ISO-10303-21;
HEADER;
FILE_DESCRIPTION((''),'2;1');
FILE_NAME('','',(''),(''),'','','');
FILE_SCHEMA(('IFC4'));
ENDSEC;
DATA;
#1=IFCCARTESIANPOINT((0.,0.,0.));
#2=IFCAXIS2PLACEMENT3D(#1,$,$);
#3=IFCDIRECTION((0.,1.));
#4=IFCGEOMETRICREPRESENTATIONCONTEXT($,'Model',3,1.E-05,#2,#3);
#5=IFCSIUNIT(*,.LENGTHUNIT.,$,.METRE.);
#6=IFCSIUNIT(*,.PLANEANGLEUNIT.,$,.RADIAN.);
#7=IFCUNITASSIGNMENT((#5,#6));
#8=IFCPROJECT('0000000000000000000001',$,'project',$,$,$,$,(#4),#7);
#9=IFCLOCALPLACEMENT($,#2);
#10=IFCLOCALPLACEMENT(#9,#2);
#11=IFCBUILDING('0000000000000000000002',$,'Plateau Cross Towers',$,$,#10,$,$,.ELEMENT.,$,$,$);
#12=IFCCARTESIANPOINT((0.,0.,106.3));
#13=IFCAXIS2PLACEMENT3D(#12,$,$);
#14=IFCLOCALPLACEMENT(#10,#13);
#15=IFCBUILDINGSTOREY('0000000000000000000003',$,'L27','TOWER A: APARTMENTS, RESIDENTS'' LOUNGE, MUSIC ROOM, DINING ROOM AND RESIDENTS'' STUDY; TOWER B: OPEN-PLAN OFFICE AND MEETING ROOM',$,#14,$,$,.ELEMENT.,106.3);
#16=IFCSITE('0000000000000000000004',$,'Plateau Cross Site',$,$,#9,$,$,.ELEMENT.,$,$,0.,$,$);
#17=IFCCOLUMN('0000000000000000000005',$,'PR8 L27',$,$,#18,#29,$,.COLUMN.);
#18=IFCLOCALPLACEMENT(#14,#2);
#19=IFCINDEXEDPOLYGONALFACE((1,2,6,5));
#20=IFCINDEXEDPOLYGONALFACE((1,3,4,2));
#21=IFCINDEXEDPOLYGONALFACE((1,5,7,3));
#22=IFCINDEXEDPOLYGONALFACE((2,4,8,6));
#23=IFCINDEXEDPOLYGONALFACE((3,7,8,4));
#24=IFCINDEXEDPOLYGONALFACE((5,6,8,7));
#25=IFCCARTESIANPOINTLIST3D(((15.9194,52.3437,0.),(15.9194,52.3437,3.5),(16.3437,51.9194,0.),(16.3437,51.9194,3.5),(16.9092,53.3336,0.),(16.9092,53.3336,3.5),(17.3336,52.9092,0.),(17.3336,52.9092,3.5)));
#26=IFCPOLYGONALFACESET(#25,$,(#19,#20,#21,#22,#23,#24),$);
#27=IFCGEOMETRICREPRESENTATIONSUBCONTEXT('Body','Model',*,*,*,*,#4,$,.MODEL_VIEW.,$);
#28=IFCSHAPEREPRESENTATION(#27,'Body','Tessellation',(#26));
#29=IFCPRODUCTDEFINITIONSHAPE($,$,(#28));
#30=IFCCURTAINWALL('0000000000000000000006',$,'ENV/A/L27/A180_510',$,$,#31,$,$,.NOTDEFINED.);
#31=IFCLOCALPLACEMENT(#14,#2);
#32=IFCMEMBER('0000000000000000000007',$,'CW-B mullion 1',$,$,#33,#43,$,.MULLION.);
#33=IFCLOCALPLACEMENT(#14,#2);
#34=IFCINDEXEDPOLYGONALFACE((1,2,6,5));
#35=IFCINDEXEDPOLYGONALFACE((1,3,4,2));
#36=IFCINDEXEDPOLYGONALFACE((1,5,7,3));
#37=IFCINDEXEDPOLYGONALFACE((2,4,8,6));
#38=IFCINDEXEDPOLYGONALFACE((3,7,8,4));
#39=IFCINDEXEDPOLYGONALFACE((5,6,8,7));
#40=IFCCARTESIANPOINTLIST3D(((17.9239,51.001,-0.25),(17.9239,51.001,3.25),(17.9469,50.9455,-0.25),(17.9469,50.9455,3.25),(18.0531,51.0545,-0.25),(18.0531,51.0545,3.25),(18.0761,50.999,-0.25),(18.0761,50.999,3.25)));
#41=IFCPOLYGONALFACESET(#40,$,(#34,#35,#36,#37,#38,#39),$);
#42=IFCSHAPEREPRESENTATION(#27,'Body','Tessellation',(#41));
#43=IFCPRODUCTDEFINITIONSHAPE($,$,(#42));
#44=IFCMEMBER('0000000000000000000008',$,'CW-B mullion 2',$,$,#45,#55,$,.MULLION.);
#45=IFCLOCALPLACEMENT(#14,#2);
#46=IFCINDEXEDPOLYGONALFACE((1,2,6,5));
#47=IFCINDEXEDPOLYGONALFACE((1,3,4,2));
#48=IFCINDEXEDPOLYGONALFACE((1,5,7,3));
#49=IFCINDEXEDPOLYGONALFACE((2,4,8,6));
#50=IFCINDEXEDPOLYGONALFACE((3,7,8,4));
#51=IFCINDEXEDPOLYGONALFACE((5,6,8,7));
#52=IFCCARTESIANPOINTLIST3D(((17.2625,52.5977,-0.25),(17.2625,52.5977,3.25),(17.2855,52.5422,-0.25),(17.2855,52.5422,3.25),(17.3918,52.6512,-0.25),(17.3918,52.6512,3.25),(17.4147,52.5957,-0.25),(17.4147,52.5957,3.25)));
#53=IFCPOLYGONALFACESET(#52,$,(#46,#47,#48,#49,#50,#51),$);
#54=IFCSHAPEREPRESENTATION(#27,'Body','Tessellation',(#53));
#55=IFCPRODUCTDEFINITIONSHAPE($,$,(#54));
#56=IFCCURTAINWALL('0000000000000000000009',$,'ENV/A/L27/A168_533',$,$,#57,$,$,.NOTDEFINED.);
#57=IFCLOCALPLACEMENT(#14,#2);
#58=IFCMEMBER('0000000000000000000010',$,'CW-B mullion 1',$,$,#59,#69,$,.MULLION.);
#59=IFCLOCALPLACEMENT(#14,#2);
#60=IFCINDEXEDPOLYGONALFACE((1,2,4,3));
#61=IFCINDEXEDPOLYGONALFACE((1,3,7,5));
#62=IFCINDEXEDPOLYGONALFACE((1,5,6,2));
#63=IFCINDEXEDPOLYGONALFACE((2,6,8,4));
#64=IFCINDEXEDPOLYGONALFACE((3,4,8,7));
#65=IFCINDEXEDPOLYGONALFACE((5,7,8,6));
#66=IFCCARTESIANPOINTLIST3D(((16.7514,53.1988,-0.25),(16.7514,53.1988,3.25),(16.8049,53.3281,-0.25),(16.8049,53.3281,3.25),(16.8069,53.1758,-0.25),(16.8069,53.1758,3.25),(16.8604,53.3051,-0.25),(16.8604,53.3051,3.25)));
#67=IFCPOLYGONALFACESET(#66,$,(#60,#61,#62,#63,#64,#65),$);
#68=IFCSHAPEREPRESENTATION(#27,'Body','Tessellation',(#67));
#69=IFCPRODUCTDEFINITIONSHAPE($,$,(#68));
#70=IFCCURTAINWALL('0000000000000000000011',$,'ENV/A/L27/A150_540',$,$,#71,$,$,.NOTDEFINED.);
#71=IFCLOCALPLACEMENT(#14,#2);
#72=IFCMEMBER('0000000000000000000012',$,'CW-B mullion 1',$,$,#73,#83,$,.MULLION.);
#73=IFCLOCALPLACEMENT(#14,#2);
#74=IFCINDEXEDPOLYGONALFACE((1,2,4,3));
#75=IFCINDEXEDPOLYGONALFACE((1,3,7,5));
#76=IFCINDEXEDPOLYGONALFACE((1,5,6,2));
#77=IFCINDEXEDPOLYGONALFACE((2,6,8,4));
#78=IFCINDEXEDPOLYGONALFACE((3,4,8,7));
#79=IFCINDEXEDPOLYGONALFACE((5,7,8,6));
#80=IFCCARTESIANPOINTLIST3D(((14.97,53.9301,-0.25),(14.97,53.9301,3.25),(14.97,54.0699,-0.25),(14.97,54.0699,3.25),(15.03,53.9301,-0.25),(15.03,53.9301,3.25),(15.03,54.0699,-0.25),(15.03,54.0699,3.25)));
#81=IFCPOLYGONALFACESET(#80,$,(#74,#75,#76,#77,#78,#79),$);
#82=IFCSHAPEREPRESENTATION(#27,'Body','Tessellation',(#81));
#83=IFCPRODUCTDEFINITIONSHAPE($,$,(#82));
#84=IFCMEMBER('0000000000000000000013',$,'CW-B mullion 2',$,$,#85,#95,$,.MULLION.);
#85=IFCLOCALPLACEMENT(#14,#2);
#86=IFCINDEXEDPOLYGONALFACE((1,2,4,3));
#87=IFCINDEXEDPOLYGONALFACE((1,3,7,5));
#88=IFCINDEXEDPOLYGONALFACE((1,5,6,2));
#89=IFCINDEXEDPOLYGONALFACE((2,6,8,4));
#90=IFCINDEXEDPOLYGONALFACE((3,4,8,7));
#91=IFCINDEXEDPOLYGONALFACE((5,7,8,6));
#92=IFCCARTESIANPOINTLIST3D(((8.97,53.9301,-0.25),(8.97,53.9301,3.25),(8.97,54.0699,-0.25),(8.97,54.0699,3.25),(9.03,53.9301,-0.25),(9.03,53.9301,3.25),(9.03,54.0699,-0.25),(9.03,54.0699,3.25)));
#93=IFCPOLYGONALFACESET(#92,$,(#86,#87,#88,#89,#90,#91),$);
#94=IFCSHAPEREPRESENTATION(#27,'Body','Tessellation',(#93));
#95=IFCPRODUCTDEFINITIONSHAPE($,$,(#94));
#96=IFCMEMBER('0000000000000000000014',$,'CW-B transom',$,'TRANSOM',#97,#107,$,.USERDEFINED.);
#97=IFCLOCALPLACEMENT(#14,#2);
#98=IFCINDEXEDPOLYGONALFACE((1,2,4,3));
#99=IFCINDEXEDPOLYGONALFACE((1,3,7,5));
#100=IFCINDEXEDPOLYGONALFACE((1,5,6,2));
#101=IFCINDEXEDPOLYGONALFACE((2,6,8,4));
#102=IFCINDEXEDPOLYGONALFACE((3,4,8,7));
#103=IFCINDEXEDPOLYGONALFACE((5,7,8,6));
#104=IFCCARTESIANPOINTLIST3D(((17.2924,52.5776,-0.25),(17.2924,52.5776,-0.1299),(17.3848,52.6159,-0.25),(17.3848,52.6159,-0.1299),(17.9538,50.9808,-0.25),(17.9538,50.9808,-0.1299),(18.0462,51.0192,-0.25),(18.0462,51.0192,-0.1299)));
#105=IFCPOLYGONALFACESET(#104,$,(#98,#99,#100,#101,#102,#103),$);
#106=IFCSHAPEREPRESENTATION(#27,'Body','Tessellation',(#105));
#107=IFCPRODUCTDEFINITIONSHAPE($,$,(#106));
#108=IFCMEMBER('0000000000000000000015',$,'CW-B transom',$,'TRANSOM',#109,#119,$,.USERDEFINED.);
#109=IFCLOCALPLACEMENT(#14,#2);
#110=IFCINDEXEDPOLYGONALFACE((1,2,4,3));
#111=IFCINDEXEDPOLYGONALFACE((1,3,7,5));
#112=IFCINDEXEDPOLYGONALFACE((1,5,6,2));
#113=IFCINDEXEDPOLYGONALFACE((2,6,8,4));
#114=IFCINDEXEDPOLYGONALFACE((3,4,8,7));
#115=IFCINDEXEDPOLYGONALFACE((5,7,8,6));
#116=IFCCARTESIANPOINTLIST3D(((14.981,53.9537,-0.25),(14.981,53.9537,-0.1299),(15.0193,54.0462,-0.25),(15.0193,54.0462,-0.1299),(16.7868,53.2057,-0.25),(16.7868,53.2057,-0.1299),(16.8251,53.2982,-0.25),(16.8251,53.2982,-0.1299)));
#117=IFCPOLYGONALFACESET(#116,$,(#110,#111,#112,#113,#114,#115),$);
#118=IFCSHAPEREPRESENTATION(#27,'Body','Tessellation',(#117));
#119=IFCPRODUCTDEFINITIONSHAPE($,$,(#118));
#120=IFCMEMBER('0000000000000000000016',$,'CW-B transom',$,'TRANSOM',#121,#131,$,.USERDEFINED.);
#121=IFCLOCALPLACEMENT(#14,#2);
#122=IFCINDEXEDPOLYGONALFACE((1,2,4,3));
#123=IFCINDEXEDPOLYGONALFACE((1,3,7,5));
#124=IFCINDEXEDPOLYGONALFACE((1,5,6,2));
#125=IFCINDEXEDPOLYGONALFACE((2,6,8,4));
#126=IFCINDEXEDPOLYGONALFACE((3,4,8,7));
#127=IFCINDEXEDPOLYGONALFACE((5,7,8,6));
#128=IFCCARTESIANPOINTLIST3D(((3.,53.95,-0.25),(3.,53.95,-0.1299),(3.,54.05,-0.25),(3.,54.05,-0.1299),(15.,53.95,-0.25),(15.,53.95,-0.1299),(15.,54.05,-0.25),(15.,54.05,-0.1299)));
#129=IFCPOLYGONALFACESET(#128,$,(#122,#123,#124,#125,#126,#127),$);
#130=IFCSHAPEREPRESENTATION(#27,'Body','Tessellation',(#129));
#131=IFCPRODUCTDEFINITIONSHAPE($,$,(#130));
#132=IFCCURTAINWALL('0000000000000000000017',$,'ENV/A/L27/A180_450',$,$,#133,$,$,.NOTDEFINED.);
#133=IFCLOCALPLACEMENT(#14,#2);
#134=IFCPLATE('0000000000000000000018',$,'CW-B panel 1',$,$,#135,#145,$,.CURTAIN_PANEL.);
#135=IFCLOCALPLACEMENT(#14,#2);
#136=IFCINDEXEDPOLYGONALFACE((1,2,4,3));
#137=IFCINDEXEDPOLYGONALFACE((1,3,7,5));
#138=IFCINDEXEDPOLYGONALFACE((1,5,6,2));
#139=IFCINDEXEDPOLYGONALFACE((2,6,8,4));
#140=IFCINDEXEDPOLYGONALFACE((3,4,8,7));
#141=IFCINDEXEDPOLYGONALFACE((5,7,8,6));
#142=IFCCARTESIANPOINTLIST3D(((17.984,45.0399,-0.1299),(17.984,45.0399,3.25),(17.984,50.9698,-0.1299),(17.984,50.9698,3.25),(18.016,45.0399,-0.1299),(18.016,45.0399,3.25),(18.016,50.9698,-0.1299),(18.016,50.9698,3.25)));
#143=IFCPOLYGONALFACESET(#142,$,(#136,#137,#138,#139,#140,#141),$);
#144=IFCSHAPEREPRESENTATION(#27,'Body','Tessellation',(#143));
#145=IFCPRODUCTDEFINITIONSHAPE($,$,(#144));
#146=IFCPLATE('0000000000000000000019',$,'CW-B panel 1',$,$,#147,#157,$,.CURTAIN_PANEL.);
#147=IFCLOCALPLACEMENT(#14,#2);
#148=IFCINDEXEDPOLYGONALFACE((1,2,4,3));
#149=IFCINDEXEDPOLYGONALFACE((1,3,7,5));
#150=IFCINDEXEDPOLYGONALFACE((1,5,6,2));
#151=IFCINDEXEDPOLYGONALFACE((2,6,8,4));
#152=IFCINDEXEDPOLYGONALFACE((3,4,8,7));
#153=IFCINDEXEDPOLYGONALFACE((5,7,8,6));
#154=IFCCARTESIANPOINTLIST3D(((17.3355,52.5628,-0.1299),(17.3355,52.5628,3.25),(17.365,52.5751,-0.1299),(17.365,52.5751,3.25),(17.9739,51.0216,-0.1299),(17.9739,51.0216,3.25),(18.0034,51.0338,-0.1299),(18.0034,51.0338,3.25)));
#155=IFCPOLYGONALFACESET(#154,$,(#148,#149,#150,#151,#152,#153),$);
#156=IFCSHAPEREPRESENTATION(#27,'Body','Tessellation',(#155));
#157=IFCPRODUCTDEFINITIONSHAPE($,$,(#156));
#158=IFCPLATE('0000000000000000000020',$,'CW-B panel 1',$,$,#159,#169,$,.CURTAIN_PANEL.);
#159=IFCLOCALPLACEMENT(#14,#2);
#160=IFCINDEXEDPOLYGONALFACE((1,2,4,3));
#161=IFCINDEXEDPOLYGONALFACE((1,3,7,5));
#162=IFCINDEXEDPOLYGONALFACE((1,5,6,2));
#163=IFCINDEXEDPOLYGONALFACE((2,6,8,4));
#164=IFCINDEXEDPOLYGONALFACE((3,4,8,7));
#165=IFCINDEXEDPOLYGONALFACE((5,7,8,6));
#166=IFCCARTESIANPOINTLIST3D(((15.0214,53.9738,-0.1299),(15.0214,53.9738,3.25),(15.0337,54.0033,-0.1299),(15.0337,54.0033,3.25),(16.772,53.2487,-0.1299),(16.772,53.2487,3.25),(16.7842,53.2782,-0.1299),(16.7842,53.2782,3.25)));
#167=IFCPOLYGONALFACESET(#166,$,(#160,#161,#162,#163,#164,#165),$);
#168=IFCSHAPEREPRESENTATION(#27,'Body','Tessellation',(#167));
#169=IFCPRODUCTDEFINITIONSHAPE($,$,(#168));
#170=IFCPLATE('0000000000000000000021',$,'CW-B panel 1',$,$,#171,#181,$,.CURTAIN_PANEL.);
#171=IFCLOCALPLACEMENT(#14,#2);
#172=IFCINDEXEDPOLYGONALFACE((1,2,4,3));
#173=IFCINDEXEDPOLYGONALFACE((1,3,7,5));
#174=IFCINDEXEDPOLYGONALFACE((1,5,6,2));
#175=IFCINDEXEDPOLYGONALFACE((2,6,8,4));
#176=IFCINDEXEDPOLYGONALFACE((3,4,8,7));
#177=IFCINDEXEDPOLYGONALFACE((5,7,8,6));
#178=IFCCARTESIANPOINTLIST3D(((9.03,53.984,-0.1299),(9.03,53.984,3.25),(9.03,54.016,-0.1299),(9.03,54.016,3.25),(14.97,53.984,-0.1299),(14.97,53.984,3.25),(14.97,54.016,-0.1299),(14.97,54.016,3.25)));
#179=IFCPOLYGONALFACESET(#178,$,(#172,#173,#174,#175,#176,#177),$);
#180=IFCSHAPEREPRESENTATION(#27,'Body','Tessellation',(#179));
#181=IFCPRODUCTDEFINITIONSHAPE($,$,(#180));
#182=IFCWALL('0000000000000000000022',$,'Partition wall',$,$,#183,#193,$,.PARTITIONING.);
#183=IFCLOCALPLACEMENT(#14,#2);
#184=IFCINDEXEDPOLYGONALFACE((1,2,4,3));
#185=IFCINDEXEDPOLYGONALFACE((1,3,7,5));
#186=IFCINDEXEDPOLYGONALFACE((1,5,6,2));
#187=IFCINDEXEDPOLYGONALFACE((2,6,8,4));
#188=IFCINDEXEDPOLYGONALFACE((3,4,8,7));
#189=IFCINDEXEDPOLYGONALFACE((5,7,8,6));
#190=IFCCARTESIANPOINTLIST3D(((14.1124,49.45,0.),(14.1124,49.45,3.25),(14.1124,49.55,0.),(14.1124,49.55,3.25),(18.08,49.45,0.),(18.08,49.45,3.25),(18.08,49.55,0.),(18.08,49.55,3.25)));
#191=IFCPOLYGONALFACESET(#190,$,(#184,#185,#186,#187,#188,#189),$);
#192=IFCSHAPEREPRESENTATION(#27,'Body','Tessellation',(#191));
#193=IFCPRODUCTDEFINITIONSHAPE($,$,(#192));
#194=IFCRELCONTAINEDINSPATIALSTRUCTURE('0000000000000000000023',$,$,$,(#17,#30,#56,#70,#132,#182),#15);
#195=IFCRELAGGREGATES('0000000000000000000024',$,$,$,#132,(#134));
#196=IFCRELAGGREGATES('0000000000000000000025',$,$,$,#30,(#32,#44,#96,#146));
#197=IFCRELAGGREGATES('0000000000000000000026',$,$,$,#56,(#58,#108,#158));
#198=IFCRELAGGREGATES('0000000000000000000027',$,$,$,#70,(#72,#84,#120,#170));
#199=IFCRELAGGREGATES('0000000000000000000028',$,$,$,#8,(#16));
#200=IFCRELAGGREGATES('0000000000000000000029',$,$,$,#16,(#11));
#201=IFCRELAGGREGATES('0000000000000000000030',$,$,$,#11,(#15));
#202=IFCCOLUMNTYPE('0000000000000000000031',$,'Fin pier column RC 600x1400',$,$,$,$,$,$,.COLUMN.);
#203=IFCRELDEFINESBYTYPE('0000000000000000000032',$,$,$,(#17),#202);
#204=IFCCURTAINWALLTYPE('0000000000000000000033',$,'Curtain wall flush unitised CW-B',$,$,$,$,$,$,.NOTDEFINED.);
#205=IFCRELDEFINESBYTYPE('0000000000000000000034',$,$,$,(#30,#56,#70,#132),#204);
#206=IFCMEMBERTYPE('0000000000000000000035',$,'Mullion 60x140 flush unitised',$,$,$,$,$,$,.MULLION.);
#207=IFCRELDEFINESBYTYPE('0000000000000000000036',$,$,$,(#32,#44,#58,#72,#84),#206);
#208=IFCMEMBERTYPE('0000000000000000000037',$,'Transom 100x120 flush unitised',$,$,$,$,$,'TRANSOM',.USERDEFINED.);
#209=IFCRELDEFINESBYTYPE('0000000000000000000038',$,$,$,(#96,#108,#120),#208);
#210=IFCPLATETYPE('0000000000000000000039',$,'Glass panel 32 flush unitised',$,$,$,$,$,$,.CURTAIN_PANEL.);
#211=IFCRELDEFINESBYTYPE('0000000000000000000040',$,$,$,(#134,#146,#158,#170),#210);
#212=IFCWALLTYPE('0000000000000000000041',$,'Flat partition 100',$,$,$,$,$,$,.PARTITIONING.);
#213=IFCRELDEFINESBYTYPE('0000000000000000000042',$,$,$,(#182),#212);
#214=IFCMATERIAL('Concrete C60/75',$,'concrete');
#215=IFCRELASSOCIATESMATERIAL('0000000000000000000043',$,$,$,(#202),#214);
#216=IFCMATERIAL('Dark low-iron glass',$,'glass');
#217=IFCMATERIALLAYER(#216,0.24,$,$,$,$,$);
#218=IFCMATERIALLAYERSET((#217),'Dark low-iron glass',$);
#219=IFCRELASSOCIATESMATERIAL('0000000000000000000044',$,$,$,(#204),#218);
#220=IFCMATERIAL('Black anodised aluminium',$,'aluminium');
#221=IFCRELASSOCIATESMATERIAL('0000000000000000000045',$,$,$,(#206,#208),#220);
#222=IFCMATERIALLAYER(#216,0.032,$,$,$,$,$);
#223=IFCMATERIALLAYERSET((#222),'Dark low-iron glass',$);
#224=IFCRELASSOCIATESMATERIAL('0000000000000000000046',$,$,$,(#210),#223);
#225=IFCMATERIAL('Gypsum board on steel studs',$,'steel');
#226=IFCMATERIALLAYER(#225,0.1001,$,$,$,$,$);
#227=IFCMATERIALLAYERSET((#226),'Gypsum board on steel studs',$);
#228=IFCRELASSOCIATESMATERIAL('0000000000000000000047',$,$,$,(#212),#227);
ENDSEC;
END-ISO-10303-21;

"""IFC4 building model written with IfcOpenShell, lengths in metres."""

from ifc_helpers import new_model, si_unit, direction, frame, frame_2d, origin, origin_2d, place, context, subcontext, project, spatial, rectangle, extrude, material, layer, layer_set, material_profile, profile_set, type_object, element, aggregate, save


model = new_model("IFC4")

# Units and contexts
model_context = context("Model", 3, precision=1e-05, world=origin(), true_north=direction((0.0, 1.0)))
body_context = subcontext(model_context, "Body", "Model", "MODEL_VIEW")
ifc_project = project(units=[si_unit("LENGTHUNIT", "METRE"), si_unit("PLANEANGLEUNIT", "RADIAN")], contexts=[model_context])

# Site, building, storey
site_placement = place(None, origin())
site = spatial("IfcSite", under=ifc_project, at=site_placement, Name="Plateau Cross Site", CompositionType="ELEMENT", RefElevation=0.0)
building_placement = place(site_placement, origin())
building = spatial("IfcBuilding", under=site, at=building_placement, Name="Plateau Cross Towers", CompositionType="ELEMENT")
storey_placement = place(building_placement, frame((0.0, 0.0, 106.3)))
storey = spatial("IfcBuildingStorey", under=building, at=storey_placement, Name="L27", Description="TOWER A: APARTMENTS, RESIDENTS' LOUNGE, MUSIC ROOM, DINING ROOM AND RESIDENTS' STUDY; TOWER B: OPEN-PLAN OFFICE AND MEETING ROOM", CompositionType="ELEMENT", Elevation=106.3)

# Column
ifc_material_1 = material(Name="Concrete C60/75", Category="concrete")
ifc_material_profile_1 = material_profile(ifc_material_1, rectangle(XDim=0.6001, YDim=1.3999, at=origin_2d()), Name="RC 600x1400")
ifc_profile_set_1 = profile_set([ifc_material_profile_1], Name="Concrete C60/75")
column_type = type_object("IfcColumnType", Name="Fin pier column RC 600x1400", PredefinedType="COLUMN", material=ifc_profile_set_1)
column_placement = place(storey_placement, frame((16.6265, 52.6265, 0.0), z_axis=(0.0, 0.0, 1.0), x_axis=(-0.707107, 0.707107, 0.0)))
element("IfcColumn", 1, at=column_placement, inside=storey, type_object=column_type, Name="PR8 L27", PredefinedType="COLUMN", context=body_context, shape_type="SweptSolid", body=[
    extrude(rectangle(XDim=0.6001, YDim=1.3999, at=origin_2d()), origin(), (0.0, 0.0, 1.0), 3.5),
])

# Curtain wall, members
ifc_material_2 = material(Name="Dark low-iron glass", Category="glass")
ifc_layer_1 = layer(ifc_material_2, 0.24)
ifc_layer_set_1 = layer_set([ifc_layer_1], Name="Dark low-iron glass")
curtain_wall_type = type_object("IfcCurtainWallType", Name="Curtain wall flush unitised CW-B", PredefinedType="NOTDEFINED", material=ifc_layer_set_1)
curtain_wall_1_placement = place(storey_placement, origin())
curtain_wall_1 = element("IfcCurtainWall", 2, at=curtain_wall_1_placement, inside=storey, type_object=curtain_wall_type, Name="ENV/A/L27/A180_510", PredefinedType="NOTDEFINED")
ifc_material_3 = material(Name="Black anodised aluminium", Category="aluminium")
ifc_material_profile_2 = material_profile(ifc_material_3, rectangle(XDim=0.0601, YDim=0.1399, at=origin_2d()), Name="MULLION 60x140")
ifc_profile_set_2 = profile_set([ifc_material_profile_2], Name="Black anodised aluminium")
member_type_1 = type_object("IfcMemberType", Name="Mullion 60x140 flush unitised", PredefinedType="MULLION", material=ifc_profile_set_2)
member_1_placement = place(storey_placement, frame((18.0, 51.0, -0.25), z_axis=(0.0, 0.0, 1.0), x_axis=(-0.382684, 0.923879, 0.0)))
member_1 = element("IfcMember", 3, at=member_1_placement, type_object=member_type_1, Name="CW-B mullion 1", PredefinedType="MULLION", context=body_context, shape_type="SweptSolid", body=[
    extrude(rectangle(XDim=0.0601, YDim=0.1399, at=origin_2d()), origin(), (0.0, 0.0, 1.0), 3.5),
])
member_2_placement = place(storey_placement, frame((17.3386, 52.5967, -0.25), z_axis=(0.0, 0.0, 1.0), x_axis=(-0.382684, 0.923879, 0.0)))
member_2 = element("IfcMember", 4, at=member_2_placement, type_object=member_type_1, Name="CW-B mullion 2", PredefinedType="MULLION", context=body_context, shape_type="SweptSolid", body=[
    extrude(rectangle(XDim=0.0601, YDim=0.1399, at=origin_2d()), origin(), (0.0, 0.0, 1.0), 3.5),
])

# Curtain wall, member
curtain_wall_2_placement = place(storey_placement, origin())
curtain_wall_2 = element("IfcCurtainWall", 5, at=curtain_wall_2_placement, inside=storey, type_object=curtain_wall_type, Name="ENV/A/L27/A168_533", PredefinedType="NOTDEFINED")
member_3_placement = place(storey_placement, frame((16.8059, 53.252, -0.25), z_axis=(0.0, 0.0, 1.0), x_axis=(-0.923879, 0.382684, 0.0)))
member_3 = element("IfcMember", 6, at=member_3_placement, type_object=member_type_1, Name="CW-B mullion 1", PredefinedType="MULLION", context=body_context, shape_type="SweptSolid", body=[
    extrude(rectangle(XDim=0.0601, YDim=0.1399, at=origin_2d()), origin(), (0.0, 0.0, 1.0), 3.5),
])

# Curtain wall, members
curtain_wall_3_placement = place(storey_placement, origin())
curtain_wall_3 = element("IfcCurtainWall", 7, at=curtain_wall_3_placement, inside=storey, type_object=curtain_wall_type, Name="ENV/A/L27/A150_540", PredefinedType="NOTDEFINED")
member_4_placement = place(storey_placement, frame((15.0, 54.0, -0.25), z_axis=(0.0, 0.0, 1.0), x_axis=(-1.0, 0.0, 0.0)))
member_4 = element("IfcMember", 8, at=member_4_placement, type_object=member_type_1, Name="CW-B mullion 1", PredefinedType="MULLION", context=body_context, shape_type="SweptSolid", body=[
    extrude(rectangle(XDim=0.0601, YDim=0.1399, at=origin_2d()), origin(), (0.0, 0.0, 1.0), 3.5),
])
member_5_placement = place(storey_placement, frame((9.0, 54.0, -0.25), z_axis=(0.0, 0.0, 1.0), x_axis=(-1.0, 0.0, 0.0)))
member_5 = element("IfcMember", 9, at=member_5_placement, type_object=member_type_1, Name="CW-B mullion 2", PredefinedType="MULLION", context=body_context, shape_type="SweptSolid", body=[
    extrude(rectangle(XDim=0.0601, YDim=0.1399, at=origin_2d()), origin(), (0.0, 0.0, 1.0), 3.5),
])

# Members
ifc_material_profile_3 = material_profile(ifc_material_3, rectangle(XDim=0.1001, YDim=0.1201, at=origin_2d()), Name="TRANSOM 100x120")
ifc_profile_set_3 = profile_set([ifc_material_profile_3], Name="Black anodised aluminium")
member_type_2 = type_object("IfcMemberType", Name="Transom 100x120 flush unitised", ElementType="TRANSOM", PredefinedType="USERDEFINED", material=ifc_profile_set_3)
member_6_placement = place(storey_placement, frame((18.0, 51.0, -0.1899), z_axis=(-0.382689, 0.923877, 0.0), x_axis=(-0.923877, -0.382689, 0.0)))
member_6 = element("IfcMember", 10, at=member_6_placement, type_object=member_type_2, Name="CW-B transom", ObjectType="TRANSOM", PredefinedType="USERDEFINED", context=body_context, shape_type="SweptSolid", body=[
    extrude(rectangle(XDim=0.1001, YDim=0.1201, at=origin_2d()), origin(), (0.0, 0.0, 1.0), 1.7283),
])
member_7_placement = place(storey_placement, frame((16.8059, 53.252, -0.1899), z_axis=(-0.923877, 0.38269, 0.0), x_axis=(-0.38269, -0.923877, 0.0)))
member_7 = element("IfcMember", 11, at=member_7_placement, type_object=member_type_2, Name="CW-B transom", ObjectType="TRANSOM", PredefinedType="USERDEFINED", context=body_context, shape_type="SweptSolid", body=[
    extrude(rectangle(XDim=0.1001, YDim=0.1201, at=origin_2d()), origin(), (0.0, 0.0, 1.0), 1.9546),
])
member_8_placement = place(storey_placement, frame((15.0, 54.0, -0.1899), z_axis=(-1.0, 0.0, 0.0), x_axis=(0.0, -1.0, 0.0)))
member_8 = element("IfcMember", 12, at=member_8_placement, type_object=member_type_2, Name="CW-B transom", ObjectType="TRANSOM", PredefinedType="USERDEFINED", context=body_context, shape_type="SweptSolid", body=[
    extrude(rectangle(XDim=0.1001, YDim=0.1201, at=origin_2d()), origin(), (0.0, 0.0, 1.0), 12.0),
])

# Curtain wall, plate
curtain_wall_4_placement = place(storey_placement, origin())
curtain_wall_4 = element("IfcCurtainWall", 13, at=curtain_wall_4_placement, inside=storey, type_object=curtain_wall_type, Name="ENV/A/L27/A180_450", PredefinedType="NOTDEFINED")
ifc_layer_2 = layer(ifc_material_2, 0.032)
ifc_layer_set_2 = layer_set([ifc_layer_2], Name="Dark low-iron glass")
plate_type = type_object("IfcPlateType", Name="Glass panel 32 flush unitised", PredefinedType="CURTAIN_PANEL", material=ifc_layer_set_2)
plate_1_placement = place(storey_placement, frame((18.0, 48.0049, -0.1299), z_axis=(0.0, 0.0, 1.0), x_axis=(0.0, 1.0, 0.0)))
plate_1 = element("IfcPlate", 14, at=plate_1_placement, type_object=plate_type, Name="CW-B panel 1", PredefinedType="CURTAIN_PANEL", context=body_context, shape_type="SweptSolid", body=[
    extrude(rectangle(XDim=5.9299, YDim=0.032, at=origin_2d()), origin(), (0.0, 0.0, 1.0), 3.3799),
])
aggregate(curtain_wall_4, [plate_1])

# Plates
plate_2_placement = place(storey_placement, frame((17.6694, 51.7983, -0.1299), z_axis=(0.0, 0.0, 1.0), x_axis=(-0.382684, 0.923879, 0.0)))
plate_2 = element("IfcPlate", 15, at=plate_2_placement, type_object=plate_type, Name="CW-B panel 1", PredefinedType="CURTAIN_PANEL", context=body_context, shape_type="SweptSolid", body=[
    extrude(rectangle(XDim=1.6682, YDim=0.032, at=origin_2d()), origin(), (0.0, 0.0, 1.0), 3.3799),
])
aggregate(curtain_wall_1, [member_1, member_2, member_6, plate_2])
plate_3_placement = place(storey_placement, frame((15.9028, 53.626, -0.1299), z_axis=(0.0, 0.0, 1.0), x_axis=(-0.923879, 0.382684, 0.0)))
plate_3 = element("IfcPlate", 16, at=plate_3_placement, type_object=plate_type, Name="CW-B panel 1", PredefinedType="CURTAIN_PANEL", context=body_context, shape_type="SweptSolid", body=[
    extrude(rectangle(XDim=1.8948, YDim=0.032, at=origin_2d()), origin(), (0.0, 0.0, 1.0), 3.3799),
])
aggregate(curtain_wall_2, [member_3, member_7, plate_3])
plate_4_placement = place(storey_placement, frame((12.0, 54.0, -0.1299), z_axis=(0.0, 0.0, 1.0), x_axis=(-1.0, 0.0, 0.0)))
plate_4 = element("IfcPlate", 17, at=plate_4_placement, type_object=plate_type, Name="CW-B panel 1", PredefinedType="CURTAIN_PANEL", context=body_context, shape_type="SweptSolid", body=[
    extrude(rectangle(XDim=5.9399, YDim=0.032, at=origin_2d()), origin(), (0.0, 0.0, 1.0), 3.3799),
])
aggregate(curtain_wall_3, [member_4, member_5, member_8, plate_4])

# Wall
ifc_material_4 = material(Name="Gypsum board on steel studs", Category="steel")
ifc_layer_3 = layer(ifc_material_4, 0.1001)
ifc_layer_set_3 = layer_set([ifc_layer_3], Name="Gypsum board on steel studs")
wall_type = type_object("IfcWallType", Name="Flat partition 100", PredefinedType="PARTITIONING", material=ifc_layer_set_3)
wall_1_placement = place(storey_placement, frame((18.0801, 49.5, 0.0), z_axis=(0.0, 0.0, 1.0), x_axis=(-1.0, 0.0, 0.0)))
element("IfcWall", 18, at=wall_1_placement, inside=storey, type_object=wall_type, Name="Partition wall", PredefinedType="PARTITIONING", context=body_context, shape_type="SweptSolid", body=[
    extrude(rectangle(XDim=3.9675, YDim=0.1001, at=frame_2d((1.9839, 0.0))), origin(), (0.0, 0.0, 1.0), 3.25),
])

save(model, "model.ifc")
